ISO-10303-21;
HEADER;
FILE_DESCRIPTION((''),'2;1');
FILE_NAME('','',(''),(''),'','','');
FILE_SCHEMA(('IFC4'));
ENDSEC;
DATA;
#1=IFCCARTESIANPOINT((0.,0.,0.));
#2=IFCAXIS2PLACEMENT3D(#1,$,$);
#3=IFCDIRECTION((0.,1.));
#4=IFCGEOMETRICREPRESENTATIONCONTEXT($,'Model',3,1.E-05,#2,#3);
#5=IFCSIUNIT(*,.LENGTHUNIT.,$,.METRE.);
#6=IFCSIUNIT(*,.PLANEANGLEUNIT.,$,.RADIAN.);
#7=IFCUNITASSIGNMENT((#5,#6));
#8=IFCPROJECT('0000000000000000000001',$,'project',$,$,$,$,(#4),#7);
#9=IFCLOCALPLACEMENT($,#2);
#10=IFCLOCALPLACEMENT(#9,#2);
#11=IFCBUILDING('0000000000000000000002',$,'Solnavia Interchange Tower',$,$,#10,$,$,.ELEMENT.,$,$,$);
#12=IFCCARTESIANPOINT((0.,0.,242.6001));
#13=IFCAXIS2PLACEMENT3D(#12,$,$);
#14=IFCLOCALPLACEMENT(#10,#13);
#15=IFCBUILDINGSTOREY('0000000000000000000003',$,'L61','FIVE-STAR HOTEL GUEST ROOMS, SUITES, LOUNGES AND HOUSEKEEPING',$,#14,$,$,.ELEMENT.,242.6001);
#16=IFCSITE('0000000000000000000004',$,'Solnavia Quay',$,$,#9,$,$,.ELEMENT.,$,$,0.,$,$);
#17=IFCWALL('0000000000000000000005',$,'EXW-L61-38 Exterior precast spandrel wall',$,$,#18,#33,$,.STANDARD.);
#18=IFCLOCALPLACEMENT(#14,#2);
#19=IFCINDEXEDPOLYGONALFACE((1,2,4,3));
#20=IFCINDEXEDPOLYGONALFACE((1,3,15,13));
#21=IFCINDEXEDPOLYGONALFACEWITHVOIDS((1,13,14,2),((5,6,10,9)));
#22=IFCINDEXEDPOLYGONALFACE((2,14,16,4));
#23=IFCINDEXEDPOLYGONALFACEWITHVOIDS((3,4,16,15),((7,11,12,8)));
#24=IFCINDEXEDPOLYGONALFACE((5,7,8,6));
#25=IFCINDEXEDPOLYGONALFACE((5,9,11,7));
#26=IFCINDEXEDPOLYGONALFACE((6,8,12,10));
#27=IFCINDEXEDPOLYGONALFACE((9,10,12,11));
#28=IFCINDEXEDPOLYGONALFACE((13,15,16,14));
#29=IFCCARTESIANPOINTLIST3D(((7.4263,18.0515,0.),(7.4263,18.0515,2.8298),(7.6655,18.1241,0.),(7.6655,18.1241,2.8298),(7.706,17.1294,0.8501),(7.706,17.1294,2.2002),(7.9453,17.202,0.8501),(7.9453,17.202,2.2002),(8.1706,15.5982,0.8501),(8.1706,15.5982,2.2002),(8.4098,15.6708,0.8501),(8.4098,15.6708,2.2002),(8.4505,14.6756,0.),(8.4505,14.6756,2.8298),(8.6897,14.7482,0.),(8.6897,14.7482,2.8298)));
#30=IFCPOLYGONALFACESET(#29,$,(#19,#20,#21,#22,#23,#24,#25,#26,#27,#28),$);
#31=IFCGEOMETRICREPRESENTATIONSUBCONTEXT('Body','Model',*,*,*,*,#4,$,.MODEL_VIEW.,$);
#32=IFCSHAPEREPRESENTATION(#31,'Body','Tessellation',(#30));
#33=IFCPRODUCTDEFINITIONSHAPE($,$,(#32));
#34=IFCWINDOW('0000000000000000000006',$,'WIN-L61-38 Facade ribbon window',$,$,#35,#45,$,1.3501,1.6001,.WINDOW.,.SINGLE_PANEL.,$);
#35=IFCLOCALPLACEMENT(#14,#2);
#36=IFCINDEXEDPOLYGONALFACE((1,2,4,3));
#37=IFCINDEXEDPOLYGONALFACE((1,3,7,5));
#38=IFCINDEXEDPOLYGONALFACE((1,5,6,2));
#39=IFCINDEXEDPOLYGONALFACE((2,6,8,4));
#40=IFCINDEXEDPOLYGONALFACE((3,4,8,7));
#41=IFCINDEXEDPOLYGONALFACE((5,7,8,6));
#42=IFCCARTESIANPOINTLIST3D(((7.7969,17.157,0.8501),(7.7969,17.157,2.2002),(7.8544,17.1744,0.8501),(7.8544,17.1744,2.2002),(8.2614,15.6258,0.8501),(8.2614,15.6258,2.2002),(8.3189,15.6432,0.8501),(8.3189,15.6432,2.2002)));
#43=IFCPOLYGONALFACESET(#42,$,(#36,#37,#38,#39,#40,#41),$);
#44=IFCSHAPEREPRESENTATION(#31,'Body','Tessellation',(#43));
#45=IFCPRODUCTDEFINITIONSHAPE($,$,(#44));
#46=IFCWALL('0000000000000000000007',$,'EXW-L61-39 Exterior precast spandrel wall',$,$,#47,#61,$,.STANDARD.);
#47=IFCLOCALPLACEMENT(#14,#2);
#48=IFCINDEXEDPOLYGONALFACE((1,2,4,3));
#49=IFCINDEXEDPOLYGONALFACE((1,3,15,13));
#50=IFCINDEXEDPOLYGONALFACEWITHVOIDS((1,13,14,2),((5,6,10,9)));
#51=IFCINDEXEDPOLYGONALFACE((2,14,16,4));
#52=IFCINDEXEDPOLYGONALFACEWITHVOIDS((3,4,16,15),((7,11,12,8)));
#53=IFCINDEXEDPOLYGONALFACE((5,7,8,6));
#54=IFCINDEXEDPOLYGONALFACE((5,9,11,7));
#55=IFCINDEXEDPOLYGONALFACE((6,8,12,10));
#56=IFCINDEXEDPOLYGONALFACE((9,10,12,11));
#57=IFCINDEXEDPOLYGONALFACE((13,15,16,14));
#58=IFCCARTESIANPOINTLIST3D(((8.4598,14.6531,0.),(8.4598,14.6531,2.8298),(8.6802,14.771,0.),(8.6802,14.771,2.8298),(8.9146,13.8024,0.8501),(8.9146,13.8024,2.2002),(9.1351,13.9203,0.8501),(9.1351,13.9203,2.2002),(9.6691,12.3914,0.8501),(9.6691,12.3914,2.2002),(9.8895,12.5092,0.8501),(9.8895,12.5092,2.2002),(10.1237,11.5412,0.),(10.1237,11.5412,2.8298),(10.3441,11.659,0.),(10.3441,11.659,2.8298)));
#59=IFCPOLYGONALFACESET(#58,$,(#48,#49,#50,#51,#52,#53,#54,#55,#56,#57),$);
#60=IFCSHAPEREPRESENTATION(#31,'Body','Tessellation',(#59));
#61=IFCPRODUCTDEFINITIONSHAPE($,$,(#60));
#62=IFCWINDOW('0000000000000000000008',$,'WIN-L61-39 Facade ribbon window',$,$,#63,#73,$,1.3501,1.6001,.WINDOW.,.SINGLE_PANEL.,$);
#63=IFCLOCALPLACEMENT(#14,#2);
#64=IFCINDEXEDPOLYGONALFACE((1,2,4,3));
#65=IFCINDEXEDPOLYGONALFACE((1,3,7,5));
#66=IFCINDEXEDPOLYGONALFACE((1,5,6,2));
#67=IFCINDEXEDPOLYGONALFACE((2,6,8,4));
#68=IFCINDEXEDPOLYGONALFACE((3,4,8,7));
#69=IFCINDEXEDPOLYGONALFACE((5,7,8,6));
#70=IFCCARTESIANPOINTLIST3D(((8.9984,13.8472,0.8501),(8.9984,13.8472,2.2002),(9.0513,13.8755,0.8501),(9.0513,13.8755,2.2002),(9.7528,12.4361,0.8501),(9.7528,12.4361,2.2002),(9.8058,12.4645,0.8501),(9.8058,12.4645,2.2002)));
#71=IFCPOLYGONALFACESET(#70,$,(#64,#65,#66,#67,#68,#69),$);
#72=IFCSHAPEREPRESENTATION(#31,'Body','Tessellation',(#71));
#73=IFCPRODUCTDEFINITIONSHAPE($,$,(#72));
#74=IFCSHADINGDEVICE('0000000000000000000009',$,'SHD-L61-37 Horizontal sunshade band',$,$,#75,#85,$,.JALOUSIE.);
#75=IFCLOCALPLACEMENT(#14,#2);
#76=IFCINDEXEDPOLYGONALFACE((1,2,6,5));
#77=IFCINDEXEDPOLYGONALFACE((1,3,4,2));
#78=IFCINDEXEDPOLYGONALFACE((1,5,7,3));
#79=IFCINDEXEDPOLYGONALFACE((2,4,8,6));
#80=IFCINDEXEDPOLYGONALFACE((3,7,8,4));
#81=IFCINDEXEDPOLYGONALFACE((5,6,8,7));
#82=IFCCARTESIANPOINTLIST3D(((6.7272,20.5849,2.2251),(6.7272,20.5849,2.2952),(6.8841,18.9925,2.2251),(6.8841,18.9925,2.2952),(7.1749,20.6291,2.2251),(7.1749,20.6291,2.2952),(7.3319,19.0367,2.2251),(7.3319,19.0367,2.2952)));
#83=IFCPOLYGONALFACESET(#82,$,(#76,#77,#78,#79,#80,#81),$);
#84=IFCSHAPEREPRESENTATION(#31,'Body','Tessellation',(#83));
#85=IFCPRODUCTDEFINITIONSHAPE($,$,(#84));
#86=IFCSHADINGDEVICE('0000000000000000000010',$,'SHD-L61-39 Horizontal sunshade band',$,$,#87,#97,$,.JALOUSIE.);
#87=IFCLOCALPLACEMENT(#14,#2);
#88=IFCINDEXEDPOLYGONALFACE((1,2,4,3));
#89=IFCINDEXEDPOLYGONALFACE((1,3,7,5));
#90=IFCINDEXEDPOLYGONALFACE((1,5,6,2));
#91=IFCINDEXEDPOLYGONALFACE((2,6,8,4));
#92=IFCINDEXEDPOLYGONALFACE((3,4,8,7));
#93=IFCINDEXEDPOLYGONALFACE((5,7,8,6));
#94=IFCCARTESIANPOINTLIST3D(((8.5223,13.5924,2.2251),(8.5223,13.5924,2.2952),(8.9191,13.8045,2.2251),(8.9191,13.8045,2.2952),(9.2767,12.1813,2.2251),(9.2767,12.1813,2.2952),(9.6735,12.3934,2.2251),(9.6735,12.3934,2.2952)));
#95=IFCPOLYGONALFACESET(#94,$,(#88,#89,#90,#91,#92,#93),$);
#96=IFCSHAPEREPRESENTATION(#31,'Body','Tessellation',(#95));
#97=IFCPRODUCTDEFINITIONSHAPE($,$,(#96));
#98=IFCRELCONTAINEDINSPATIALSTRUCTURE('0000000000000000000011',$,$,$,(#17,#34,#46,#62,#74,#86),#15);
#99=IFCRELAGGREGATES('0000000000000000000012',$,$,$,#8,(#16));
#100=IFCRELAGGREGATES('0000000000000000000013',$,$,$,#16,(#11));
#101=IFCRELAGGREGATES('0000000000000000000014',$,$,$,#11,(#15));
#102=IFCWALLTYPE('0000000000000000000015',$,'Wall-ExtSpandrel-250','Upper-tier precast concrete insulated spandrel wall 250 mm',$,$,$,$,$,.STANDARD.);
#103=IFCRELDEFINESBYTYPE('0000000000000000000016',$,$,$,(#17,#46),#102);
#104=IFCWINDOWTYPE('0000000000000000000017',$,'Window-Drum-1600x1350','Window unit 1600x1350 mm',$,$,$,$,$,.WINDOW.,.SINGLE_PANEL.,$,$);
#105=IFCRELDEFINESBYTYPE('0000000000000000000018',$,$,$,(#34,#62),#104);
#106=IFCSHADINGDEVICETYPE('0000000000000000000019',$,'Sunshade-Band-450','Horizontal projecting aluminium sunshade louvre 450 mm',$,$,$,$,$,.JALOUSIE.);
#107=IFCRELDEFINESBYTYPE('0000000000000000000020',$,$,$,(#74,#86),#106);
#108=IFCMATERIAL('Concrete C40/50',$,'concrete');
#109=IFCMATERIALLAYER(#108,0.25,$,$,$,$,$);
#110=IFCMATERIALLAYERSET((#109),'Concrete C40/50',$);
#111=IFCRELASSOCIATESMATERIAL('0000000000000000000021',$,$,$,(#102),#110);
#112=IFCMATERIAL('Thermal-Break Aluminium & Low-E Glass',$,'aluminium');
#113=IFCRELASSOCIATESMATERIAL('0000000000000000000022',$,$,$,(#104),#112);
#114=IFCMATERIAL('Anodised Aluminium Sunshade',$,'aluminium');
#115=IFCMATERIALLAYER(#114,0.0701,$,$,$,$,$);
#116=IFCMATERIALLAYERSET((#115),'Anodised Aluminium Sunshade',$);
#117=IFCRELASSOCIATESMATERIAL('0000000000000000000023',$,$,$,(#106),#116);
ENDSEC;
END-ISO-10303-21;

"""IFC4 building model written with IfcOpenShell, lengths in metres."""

from ifc_helpers import new_model, si_unit, direction, frame, frame_2d, origin, origin_2d, place, context, subcontext, project, spatial, rectangle, extrude, material, layer, layer_set, type_object, element, fill, save


model = new_model("IFC4")

# Units and contexts
model_context = context("Model", 3, precision=1e-05, world=origin(), true_north=direction((0.0, 1.0)))
body_context = subcontext(model_context, "Body", "Model", "MODEL_VIEW")
ifc_project = project(units=[si_unit("LENGTHUNIT", "METRE"), si_unit("PLANEANGLEUNIT", "RADIAN")], contexts=[model_context])

# Site, building, storey
site_placement = place(None, origin())
site = spatial("IfcSite", under=ifc_project, at=site_placement, Name="Solnavia Quay", CompositionType="ELEMENT", RefElevation=0.0)
building_placement = place(site_placement, origin())
building = spatial("IfcBuilding", under=site, at=building_placement, Name="Solnavia Interchange Tower", CompositionType="ELEMENT")
storey_placement = place(building_placement, frame((0.0, 0.0, 242.6001)))
storey = spatial("IfcBuildingStorey", under=building, at=storey_placement, Name="L61", Description="FIVE-STAR HOTEL GUEST ROOMS, SUITES, LOUNGES AND HOUSEKEEPING", CompositionType="ELEMENT", Elevation=242.6001)

# Walls, openings, windows
ifc_material_1 = material(Name="Concrete C40/50", Category="concrete")
ifc_layer_1 = layer(ifc_material_1, 0.25)
ifc_layer_set_1 = layer_set([ifc_layer_1], Name="Concrete C40/50")
wall_type_1 = type_object("IfcWallType", Name="Wall-ExtSpandrel-250", Description="Upper-tier precast concrete insulated spandrel wall 250 mm", PredefinedType="STANDARD", material=ifc_layer_set_1)
ifc_material_2 = material(Name="Thermal-Break Aluminium & Low-E Glass", Category="aluminium")
window_type = type_object("IfcWindowType", Name="Window-Drum-1600x1350", Description="Window unit 1600x1350 mm", PartitioningType="SINGLE_PANEL", PredefinedType="WINDOW", material=ifc_material_2)
wall_1_placement = place(storey_placement, frame((8.5701, 14.7119, 0.0), z_axis=(0.0, 0.0, 1.0), x_axis=(-0.290305, 0.956934, 0.0)))
wall_1 = element("IfcWall", 1, at=wall_1_placement, inside=storey, type_object=wall_type_1, Name="EXW-L61-38 Exterior precast spandrel wall", PredefinedType="STANDARD", context=body_context, shape_type="SweptSolid", body=[
    extrude(rectangle(XDim=3.5278, YDim=0.25, at=frame_2d((1.7639, 0.0))), origin(), (0.0, 0.0, 1.0), 2.8298),
])
opening_1_placement = place(wall_1_placement, frame((0.9641, 0.0, 0.8501)))
opening_1 = element("IfcOpeningElement", 2, at=opening_1_placement, cuts=wall_1, PredefinedType="OPENING", context=body_context, shape_type="SweptSolid", body=[
    extrude(rectangle(XDim=1.6001, YDim=1.3501, at=frame_2d((0.8, 0.675))), frame((0.0, 0.135, 0.0), z_axis=(0.0, -1.0, 0.0), x_axis=(1.0, 0.0, 0.0)), (0.0, 0.0, 1.0), 0.27),
])
window_1_placement = place(opening_1_placement, origin())
window_1 = element("IfcWindow", 3, at=window_1_placement, inside=storey, type_object=window_type, Name="WIN-L61-38 Facade ribbon window", OverallHeight=1.3501, OverallWidth=1.6001, PartitioningType="SINGLE_PANEL", PredefinedType="WINDOW", context=body_context, shape_type="SweptSolid", body=[
    extrude(rectangle(XDim=1.6001, YDim=1.3501, at=frame_2d((0.8, 0.675))), frame((0.0, 0.03, 0.0), z_axis=(0.0, -1.0, 0.0), x_axis=(1.0, 0.0, 0.0)), (0.0, 0.0, 1.0), 0.0601),
])
fill(opening_1, window_1)
wall_2_placement = place(storey_placement, frame((10.2339, 11.6001, 0.0), z_axis=(0.0, 0.0, 1.0), x_axis=(-0.471511, 0.88186, 0.0)))
wall_2 = element("IfcWall", 4, at=wall_2_placement, inside=storey, type_object=wall_type_1, Name="EXW-L61-39 Exterior precast spandrel wall", PredefinedType="STANDARD", context=body_context, shape_type="SweptSolid", body=[
    extrude(rectangle(XDim=3.5288, YDim=0.25, at=frame_2d((1.7644, 0.0))), origin(), (0.0, 0.0, 1.0), 2.8298),
])
opening_2_placement = place(wall_2_placement, frame((0.9641, 0.0, 0.8501)))
opening_2 = element("IfcOpeningElement", 5, at=opening_2_placement, cuts=wall_2, PredefinedType="OPENING", context=body_context, shape_type="SweptSolid", body=[
    extrude(rectangle(XDim=1.6001, YDim=1.3501, at=frame_2d((0.8, 0.675))), frame((0.0, 0.135, 0.0), z_axis=(0.0, -1.0, 0.0), x_axis=(1.0, 0.0, 0.0)), (0.0, 0.0, 1.0), 0.27),
])
window_2_placement = place(opening_2_placement, origin())
window_2 = element("IfcWindow", 6, at=window_2_placement, inside=storey, type_object=window_type, Name="WIN-L61-39 Facade ribbon window", OverallHeight=1.3501, OverallWidth=1.6001, PartitioningType="SINGLE_PANEL", PredefinedType="WINDOW", context=body_context, shape_type="SweptSolid", body=[
    extrude(rectangle(XDim=1.6001, YDim=1.3501, at=frame_2d((0.8, 0.675))), frame((0.0, 0.03, 0.0), z_axis=(0.0, -1.0, 0.0), x_axis=(1.0, 0.0, 0.0)), (0.0, 0.0, 1.0), 0.0601),
])
fill(opening_2, window_2)

# Shading devices
ifc_material_3 = material(Name="Anodised Aluminium Sunshade", Category="aluminium")
ifc_layer_2 = layer(ifc_material_3, 0.0701)
ifc_layer_set_2 = layer_set([ifc_layer_2], Name="Anodised Aluminium Sunshade")
shading_device_type = type_object("IfcShadingDeviceType", Name="Sunshade-Band-450", Description="Horizontal projecting aluminium sunshade louvre 450 mm", PredefinedType="JALOUSIE", material=ifc_layer_set_2)
for number, where, z_axis, x_axis, name in (
    (7, (7.0295, 19.8108, 2.2251), (0.0, 0.0, 1.0), (-0.098104, 0.995176, 0.0), "SHD-L61-37 Horizontal sunshade band"),
    (8, (9.0979, 12.9929, 2.2251), (0.0, 0.0, 1.0), (-0.471474, 0.88188, 0.0), "SHD-L61-39 Horizontal sunshade band"),
):
    element("IfcShadingDevice", number, at=place(storey_placement, frame(where, z_axis=z_axis, x_axis=x_axis)), inside=storey, type_object=shading_device_type, Name=name, PredefinedType="JALOUSIE", context=body_context, shape_type="SweptSolid", body=[
        extrude(rectangle(XDim=1.6001, YDim=0.45, at=origin_2d()), origin(), (0.0, 0.0, 1.0), 0.0701),
    ])

save(model, "model.ifc")
